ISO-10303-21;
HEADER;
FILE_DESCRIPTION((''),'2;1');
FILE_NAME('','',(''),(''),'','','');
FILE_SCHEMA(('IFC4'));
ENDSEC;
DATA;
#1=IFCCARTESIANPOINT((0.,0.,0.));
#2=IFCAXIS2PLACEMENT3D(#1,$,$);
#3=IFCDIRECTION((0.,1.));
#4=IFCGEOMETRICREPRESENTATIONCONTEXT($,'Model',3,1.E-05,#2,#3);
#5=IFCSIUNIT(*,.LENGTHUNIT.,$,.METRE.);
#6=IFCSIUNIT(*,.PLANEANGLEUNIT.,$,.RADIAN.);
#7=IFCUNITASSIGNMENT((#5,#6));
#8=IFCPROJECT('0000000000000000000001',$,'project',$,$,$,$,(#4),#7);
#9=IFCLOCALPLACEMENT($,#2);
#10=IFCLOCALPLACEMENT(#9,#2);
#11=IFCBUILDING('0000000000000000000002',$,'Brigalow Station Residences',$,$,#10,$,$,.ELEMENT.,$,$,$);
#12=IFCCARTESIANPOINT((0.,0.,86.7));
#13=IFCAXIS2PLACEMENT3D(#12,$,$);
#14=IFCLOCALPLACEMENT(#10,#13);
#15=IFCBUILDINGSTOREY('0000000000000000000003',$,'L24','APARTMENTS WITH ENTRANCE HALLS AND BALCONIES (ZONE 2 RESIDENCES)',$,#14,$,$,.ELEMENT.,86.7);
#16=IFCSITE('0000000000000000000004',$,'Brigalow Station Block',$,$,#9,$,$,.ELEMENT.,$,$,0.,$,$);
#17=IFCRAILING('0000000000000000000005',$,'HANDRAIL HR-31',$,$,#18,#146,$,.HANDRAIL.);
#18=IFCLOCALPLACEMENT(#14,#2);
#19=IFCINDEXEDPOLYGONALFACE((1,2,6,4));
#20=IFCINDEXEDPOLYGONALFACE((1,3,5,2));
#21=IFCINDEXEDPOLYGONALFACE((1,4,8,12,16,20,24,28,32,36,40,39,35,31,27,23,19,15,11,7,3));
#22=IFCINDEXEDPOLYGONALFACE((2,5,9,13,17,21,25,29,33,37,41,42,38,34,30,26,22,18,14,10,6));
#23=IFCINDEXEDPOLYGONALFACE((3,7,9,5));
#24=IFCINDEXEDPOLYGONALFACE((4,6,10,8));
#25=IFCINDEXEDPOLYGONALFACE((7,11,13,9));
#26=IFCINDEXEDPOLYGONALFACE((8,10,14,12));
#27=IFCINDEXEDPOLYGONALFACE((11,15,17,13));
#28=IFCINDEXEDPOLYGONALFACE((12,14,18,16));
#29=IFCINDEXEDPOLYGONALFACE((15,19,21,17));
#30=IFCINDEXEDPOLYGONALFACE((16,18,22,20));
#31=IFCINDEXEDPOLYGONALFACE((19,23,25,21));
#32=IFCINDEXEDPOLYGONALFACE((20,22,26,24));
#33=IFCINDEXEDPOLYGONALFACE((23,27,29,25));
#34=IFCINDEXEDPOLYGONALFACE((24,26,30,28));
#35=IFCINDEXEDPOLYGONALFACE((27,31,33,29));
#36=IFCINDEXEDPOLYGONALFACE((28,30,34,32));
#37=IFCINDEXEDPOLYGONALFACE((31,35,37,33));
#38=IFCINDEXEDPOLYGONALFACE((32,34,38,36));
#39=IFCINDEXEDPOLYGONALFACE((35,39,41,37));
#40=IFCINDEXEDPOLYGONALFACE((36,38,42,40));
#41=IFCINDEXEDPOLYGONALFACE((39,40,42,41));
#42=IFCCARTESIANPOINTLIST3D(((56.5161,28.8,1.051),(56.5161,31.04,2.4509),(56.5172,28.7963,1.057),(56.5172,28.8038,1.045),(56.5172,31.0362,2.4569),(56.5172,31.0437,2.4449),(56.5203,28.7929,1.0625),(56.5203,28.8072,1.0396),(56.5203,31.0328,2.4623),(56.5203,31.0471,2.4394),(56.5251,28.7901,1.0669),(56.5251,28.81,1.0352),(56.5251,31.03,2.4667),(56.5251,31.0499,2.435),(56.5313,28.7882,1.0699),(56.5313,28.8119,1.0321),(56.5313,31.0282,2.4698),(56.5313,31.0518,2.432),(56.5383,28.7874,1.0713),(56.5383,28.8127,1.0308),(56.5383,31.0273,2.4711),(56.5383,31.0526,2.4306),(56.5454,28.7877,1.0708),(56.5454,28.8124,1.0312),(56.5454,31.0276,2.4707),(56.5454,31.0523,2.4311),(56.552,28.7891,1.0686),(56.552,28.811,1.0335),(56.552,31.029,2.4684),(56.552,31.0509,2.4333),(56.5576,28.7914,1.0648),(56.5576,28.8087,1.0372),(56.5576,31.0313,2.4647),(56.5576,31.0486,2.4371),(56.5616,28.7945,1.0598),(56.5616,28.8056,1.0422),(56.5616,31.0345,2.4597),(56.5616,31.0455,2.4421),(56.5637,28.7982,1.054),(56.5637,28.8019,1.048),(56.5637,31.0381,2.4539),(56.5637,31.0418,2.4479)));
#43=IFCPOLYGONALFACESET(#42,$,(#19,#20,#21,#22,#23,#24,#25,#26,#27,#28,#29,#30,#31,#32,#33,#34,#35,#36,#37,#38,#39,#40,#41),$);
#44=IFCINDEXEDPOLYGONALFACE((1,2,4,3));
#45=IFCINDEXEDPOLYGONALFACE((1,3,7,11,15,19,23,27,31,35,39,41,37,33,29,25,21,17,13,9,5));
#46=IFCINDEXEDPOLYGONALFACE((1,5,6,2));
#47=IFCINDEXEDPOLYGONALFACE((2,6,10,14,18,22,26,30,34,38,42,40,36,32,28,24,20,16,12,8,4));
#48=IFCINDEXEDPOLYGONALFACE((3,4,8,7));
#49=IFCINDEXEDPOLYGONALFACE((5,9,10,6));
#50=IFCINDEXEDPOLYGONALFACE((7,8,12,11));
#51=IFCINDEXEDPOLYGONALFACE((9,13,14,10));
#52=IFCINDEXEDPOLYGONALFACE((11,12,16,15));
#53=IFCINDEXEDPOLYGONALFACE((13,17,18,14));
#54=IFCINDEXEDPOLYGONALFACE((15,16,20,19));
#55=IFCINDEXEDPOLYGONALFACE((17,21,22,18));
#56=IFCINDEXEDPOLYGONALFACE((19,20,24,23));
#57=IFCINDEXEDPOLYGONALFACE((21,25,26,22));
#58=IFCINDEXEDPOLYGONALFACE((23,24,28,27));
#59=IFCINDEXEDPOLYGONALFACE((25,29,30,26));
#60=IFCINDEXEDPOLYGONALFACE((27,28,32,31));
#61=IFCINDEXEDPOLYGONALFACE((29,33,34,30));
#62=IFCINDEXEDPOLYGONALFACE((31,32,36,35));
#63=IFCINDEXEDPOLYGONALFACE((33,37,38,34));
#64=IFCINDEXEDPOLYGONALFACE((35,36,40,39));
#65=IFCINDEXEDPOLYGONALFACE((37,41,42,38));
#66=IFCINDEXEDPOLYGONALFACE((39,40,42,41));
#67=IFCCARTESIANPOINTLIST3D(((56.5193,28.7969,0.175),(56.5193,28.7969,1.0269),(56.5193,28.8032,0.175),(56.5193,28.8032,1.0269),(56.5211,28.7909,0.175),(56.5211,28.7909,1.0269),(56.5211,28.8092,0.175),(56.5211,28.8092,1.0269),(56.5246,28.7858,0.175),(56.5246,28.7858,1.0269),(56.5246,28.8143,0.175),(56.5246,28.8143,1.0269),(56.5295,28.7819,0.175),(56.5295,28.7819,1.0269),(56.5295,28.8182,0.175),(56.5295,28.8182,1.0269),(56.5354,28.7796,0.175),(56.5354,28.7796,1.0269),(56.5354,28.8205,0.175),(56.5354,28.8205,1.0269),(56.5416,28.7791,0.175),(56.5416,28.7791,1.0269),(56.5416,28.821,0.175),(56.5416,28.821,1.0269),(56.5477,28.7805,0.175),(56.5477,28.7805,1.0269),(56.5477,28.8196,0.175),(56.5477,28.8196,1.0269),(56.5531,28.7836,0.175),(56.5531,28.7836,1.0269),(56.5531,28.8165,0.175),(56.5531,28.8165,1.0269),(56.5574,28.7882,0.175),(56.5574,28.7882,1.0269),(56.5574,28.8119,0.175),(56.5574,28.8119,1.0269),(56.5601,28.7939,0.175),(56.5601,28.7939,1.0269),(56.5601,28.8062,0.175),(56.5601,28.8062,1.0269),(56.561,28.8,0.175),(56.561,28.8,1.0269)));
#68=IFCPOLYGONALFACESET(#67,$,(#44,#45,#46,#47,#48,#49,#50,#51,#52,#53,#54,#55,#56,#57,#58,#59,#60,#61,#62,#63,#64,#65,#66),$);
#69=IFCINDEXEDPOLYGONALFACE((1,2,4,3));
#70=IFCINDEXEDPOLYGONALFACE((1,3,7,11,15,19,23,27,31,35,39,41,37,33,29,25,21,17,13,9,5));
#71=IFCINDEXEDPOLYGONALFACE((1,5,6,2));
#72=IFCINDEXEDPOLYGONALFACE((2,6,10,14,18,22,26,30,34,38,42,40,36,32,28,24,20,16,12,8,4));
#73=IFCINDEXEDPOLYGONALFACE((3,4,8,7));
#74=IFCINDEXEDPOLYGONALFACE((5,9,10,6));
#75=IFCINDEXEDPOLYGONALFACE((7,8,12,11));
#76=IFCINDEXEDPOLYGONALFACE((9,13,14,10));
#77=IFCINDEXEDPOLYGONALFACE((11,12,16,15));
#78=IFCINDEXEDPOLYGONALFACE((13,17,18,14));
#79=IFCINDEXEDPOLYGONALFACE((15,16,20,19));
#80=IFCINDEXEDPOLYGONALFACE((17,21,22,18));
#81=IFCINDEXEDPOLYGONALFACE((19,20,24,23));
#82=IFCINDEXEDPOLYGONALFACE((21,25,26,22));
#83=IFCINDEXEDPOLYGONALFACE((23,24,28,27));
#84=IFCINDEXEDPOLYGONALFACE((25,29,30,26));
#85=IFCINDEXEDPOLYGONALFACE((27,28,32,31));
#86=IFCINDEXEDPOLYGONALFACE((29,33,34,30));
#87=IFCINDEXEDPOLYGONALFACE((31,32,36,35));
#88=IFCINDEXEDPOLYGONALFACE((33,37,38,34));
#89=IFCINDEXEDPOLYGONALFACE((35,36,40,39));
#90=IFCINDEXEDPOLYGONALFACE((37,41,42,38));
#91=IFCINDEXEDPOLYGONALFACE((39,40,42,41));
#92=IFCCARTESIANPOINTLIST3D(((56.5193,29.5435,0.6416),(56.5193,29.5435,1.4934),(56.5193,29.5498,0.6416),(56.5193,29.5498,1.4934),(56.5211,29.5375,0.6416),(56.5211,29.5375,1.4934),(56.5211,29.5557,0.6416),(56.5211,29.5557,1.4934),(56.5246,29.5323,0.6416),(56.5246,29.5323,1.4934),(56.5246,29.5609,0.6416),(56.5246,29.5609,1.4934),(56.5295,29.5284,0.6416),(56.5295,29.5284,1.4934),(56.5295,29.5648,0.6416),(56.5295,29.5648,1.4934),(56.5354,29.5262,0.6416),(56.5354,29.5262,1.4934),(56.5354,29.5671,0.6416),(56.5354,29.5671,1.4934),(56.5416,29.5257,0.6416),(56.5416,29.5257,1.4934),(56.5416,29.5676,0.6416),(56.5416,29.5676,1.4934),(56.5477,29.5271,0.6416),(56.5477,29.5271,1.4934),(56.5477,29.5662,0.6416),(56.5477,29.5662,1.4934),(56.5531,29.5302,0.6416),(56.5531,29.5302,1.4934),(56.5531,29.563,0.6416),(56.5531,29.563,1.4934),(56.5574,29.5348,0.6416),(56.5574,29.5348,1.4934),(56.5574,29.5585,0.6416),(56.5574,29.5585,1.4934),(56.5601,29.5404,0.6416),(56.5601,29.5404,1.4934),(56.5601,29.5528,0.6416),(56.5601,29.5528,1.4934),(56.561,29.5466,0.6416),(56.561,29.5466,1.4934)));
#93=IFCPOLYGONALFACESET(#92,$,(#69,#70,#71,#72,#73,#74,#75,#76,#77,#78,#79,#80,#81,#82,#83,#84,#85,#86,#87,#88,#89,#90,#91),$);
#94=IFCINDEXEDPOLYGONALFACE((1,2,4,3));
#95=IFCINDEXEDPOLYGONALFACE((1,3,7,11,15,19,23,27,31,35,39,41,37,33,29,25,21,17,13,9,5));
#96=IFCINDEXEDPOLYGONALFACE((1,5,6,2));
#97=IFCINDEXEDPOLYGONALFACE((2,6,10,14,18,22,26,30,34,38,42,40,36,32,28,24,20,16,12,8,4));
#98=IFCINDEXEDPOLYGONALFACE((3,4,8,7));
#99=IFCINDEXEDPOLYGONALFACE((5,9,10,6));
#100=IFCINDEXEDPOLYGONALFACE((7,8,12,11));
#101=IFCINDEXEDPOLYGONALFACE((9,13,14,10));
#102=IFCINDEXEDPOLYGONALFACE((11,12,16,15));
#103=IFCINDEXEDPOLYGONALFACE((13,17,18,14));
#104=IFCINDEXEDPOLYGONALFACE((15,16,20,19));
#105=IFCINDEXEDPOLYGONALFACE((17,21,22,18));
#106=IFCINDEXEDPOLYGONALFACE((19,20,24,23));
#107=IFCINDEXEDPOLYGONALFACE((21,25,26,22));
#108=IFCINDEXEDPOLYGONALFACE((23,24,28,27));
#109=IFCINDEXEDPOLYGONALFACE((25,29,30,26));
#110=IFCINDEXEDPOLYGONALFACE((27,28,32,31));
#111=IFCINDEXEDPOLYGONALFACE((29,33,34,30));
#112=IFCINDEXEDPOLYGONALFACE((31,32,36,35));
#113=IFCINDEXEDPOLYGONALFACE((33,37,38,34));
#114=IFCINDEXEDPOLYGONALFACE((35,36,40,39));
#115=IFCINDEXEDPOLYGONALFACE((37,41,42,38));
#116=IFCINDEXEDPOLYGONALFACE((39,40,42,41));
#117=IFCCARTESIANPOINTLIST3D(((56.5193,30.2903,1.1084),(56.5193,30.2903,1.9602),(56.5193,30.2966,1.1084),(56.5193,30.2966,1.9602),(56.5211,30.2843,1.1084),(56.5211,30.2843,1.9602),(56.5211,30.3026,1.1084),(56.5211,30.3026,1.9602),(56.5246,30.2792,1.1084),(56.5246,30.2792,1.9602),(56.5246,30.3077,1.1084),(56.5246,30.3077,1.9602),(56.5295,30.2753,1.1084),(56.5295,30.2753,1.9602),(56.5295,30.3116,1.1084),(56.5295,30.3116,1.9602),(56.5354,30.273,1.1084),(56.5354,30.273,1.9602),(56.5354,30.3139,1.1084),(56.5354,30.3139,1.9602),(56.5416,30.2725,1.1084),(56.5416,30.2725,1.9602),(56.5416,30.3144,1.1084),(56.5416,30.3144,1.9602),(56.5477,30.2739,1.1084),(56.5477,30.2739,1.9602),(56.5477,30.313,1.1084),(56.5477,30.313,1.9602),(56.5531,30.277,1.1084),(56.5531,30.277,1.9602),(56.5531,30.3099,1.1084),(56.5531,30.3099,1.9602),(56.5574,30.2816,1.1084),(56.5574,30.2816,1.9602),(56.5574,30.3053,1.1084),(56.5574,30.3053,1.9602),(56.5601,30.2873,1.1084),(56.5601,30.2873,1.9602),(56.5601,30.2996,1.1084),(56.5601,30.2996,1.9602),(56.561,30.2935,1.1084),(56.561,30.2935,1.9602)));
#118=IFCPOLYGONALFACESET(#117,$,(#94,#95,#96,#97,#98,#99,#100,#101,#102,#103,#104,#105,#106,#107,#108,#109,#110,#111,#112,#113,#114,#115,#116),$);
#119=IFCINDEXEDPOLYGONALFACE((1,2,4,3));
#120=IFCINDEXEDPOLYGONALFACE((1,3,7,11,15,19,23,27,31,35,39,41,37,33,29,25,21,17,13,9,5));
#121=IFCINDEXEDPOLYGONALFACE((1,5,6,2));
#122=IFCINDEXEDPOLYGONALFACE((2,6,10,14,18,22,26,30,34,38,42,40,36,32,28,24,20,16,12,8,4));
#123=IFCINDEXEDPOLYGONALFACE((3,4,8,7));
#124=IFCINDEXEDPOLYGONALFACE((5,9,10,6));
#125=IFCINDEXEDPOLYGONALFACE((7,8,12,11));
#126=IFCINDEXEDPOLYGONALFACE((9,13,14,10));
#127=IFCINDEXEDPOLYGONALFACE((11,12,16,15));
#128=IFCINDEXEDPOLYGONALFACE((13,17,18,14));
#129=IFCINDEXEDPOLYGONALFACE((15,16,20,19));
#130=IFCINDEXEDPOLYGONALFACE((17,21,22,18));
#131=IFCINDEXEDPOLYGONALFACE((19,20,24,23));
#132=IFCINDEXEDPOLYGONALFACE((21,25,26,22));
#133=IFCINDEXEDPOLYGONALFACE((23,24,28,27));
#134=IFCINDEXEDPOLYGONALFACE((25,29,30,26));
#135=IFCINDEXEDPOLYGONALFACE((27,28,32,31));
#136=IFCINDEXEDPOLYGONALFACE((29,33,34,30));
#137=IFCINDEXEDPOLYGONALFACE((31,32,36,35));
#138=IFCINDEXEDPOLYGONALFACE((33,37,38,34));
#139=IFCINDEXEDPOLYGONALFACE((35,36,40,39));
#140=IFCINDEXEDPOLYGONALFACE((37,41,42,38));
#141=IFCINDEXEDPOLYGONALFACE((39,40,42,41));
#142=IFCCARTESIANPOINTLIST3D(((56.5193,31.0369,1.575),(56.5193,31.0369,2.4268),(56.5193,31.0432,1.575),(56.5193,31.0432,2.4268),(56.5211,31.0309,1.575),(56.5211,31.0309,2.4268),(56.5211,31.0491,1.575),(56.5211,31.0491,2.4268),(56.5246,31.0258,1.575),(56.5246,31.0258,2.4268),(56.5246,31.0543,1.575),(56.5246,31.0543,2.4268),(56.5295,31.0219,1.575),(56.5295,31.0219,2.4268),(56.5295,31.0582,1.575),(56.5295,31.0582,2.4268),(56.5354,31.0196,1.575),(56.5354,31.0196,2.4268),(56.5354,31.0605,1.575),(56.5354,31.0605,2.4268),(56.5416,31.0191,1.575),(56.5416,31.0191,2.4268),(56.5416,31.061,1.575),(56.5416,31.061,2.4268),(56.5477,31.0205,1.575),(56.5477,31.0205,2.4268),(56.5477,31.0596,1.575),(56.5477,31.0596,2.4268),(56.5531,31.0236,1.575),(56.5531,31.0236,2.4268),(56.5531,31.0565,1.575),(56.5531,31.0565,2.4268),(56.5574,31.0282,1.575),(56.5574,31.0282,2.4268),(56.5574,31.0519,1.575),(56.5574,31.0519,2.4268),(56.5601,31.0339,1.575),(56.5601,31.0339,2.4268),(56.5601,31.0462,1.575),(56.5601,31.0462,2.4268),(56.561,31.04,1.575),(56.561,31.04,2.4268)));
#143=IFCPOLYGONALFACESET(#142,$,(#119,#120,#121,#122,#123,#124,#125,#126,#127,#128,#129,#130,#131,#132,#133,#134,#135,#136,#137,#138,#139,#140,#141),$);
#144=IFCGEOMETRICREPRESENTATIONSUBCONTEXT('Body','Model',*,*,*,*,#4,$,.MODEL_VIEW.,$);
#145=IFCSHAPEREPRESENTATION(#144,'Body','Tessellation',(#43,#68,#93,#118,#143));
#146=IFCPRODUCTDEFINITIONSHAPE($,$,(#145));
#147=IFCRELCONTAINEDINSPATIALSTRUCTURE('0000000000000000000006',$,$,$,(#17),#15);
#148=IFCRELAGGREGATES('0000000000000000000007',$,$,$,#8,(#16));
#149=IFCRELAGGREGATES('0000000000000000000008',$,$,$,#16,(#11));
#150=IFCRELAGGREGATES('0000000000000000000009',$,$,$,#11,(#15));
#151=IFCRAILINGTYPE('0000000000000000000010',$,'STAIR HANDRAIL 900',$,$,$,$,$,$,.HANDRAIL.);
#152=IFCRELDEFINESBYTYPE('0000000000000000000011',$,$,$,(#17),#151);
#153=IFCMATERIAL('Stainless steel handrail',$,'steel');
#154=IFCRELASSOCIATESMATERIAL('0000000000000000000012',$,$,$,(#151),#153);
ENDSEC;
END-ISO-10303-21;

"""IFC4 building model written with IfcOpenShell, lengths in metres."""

from ifc_helpers import new_model, si_unit, direction, frame, origin, origin_2d, place, context, subcontext, project, spatial, circle, extrude, material, type_object, element, save


model = new_model("IFC4")

# Units and contexts
model_context = context("Model", 3, precision=1e-05, world=origin(), true_north=direction((0.0, 1.0)))
body_context = subcontext(model_context, "Body", "Model", "MODEL_VIEW")
ifc_project = project(units=[si_unit("LENGTHUNIT", "METRE"), si_unit("PLANEANGLEUNIT", "RADIAN")], contexts=[model_context])

# Site, building, storey
site_placement = place(None, origin())
site = spatial("IfcSite", under=ifc_project, at=site_placement, Name="Brigalow Station Block", CompositionType="ELEMENT", RefElevation=0.0)
building_placement = place(site_placement, origin())
building = spatial("IfcBuilding", under=site, at=building_placement, Name="Brigalow Station Residences", CompositionType="ELEMENT")
storey_placement = place(building_placement, frame((0.0, 0.0, 86.7)))
storey = spatial("IfcBuildingStorey", under=building, at=storey_placement, Name="L24", Description="APARTMENTS WITH ENTRANCE HALLS AND BALCONIES (ZONE 2 RESIDENCES)", CompositionType="ELEMENT", Elevation=86.7)

# Railing
ifc_material_1 = material(Name="Stainless steel handrail", Category="steel")
railing_type_1 = type_object("IfcRailingType", Name="STAIR HANDRAIL 900", PredefinedType="HANDRAIL", material=ifc_material_1)
railing_1_placement = place(storey_placement, frame((56.54, 28.8, 0.175)))
element("IfcRailing", 1, at=railing_1_placement, inside=storey, type_object=railing_type_1, Name="HANDRAIL HR-31", PredefinedType="HANDRAIL", context=body_context, shape_type="SweptSolid", body=[
    extrude(circle(Radius=0.0239, at=origin_2d()), frame((0.0, 0.0, 0.876), z_axis=(0.0, 0.848014, 0.529974), x_axis=(-1.0, 0.0, 0.0)), (0.0, 0.0, 1.0), 2.6414),
    extrude(circle(Radius=0.021, at=origin_2d()), origin(), (0.0, 0.0, 1.0), 0.8518),
    extrude(circle(Radius=0.021, at=origin_2d()), frame((0.0, 0.7466, 0.4666)), (0.0, 0.0, 1.0), 0.8518),
    extrude(circle(Radius=0.021, at=origin_2d()), frame((0.0, 1.4934, 0.9333)), (0.0, 0.0, 1.0), 0.8518),
    extrude(circle(Radius=0.021, at=origin_2d()), frame((0.0, 2.24, 1.3999)), (0.0, 0.0, 1.0), 0.8518),
])

save(model, "model.ifc")
